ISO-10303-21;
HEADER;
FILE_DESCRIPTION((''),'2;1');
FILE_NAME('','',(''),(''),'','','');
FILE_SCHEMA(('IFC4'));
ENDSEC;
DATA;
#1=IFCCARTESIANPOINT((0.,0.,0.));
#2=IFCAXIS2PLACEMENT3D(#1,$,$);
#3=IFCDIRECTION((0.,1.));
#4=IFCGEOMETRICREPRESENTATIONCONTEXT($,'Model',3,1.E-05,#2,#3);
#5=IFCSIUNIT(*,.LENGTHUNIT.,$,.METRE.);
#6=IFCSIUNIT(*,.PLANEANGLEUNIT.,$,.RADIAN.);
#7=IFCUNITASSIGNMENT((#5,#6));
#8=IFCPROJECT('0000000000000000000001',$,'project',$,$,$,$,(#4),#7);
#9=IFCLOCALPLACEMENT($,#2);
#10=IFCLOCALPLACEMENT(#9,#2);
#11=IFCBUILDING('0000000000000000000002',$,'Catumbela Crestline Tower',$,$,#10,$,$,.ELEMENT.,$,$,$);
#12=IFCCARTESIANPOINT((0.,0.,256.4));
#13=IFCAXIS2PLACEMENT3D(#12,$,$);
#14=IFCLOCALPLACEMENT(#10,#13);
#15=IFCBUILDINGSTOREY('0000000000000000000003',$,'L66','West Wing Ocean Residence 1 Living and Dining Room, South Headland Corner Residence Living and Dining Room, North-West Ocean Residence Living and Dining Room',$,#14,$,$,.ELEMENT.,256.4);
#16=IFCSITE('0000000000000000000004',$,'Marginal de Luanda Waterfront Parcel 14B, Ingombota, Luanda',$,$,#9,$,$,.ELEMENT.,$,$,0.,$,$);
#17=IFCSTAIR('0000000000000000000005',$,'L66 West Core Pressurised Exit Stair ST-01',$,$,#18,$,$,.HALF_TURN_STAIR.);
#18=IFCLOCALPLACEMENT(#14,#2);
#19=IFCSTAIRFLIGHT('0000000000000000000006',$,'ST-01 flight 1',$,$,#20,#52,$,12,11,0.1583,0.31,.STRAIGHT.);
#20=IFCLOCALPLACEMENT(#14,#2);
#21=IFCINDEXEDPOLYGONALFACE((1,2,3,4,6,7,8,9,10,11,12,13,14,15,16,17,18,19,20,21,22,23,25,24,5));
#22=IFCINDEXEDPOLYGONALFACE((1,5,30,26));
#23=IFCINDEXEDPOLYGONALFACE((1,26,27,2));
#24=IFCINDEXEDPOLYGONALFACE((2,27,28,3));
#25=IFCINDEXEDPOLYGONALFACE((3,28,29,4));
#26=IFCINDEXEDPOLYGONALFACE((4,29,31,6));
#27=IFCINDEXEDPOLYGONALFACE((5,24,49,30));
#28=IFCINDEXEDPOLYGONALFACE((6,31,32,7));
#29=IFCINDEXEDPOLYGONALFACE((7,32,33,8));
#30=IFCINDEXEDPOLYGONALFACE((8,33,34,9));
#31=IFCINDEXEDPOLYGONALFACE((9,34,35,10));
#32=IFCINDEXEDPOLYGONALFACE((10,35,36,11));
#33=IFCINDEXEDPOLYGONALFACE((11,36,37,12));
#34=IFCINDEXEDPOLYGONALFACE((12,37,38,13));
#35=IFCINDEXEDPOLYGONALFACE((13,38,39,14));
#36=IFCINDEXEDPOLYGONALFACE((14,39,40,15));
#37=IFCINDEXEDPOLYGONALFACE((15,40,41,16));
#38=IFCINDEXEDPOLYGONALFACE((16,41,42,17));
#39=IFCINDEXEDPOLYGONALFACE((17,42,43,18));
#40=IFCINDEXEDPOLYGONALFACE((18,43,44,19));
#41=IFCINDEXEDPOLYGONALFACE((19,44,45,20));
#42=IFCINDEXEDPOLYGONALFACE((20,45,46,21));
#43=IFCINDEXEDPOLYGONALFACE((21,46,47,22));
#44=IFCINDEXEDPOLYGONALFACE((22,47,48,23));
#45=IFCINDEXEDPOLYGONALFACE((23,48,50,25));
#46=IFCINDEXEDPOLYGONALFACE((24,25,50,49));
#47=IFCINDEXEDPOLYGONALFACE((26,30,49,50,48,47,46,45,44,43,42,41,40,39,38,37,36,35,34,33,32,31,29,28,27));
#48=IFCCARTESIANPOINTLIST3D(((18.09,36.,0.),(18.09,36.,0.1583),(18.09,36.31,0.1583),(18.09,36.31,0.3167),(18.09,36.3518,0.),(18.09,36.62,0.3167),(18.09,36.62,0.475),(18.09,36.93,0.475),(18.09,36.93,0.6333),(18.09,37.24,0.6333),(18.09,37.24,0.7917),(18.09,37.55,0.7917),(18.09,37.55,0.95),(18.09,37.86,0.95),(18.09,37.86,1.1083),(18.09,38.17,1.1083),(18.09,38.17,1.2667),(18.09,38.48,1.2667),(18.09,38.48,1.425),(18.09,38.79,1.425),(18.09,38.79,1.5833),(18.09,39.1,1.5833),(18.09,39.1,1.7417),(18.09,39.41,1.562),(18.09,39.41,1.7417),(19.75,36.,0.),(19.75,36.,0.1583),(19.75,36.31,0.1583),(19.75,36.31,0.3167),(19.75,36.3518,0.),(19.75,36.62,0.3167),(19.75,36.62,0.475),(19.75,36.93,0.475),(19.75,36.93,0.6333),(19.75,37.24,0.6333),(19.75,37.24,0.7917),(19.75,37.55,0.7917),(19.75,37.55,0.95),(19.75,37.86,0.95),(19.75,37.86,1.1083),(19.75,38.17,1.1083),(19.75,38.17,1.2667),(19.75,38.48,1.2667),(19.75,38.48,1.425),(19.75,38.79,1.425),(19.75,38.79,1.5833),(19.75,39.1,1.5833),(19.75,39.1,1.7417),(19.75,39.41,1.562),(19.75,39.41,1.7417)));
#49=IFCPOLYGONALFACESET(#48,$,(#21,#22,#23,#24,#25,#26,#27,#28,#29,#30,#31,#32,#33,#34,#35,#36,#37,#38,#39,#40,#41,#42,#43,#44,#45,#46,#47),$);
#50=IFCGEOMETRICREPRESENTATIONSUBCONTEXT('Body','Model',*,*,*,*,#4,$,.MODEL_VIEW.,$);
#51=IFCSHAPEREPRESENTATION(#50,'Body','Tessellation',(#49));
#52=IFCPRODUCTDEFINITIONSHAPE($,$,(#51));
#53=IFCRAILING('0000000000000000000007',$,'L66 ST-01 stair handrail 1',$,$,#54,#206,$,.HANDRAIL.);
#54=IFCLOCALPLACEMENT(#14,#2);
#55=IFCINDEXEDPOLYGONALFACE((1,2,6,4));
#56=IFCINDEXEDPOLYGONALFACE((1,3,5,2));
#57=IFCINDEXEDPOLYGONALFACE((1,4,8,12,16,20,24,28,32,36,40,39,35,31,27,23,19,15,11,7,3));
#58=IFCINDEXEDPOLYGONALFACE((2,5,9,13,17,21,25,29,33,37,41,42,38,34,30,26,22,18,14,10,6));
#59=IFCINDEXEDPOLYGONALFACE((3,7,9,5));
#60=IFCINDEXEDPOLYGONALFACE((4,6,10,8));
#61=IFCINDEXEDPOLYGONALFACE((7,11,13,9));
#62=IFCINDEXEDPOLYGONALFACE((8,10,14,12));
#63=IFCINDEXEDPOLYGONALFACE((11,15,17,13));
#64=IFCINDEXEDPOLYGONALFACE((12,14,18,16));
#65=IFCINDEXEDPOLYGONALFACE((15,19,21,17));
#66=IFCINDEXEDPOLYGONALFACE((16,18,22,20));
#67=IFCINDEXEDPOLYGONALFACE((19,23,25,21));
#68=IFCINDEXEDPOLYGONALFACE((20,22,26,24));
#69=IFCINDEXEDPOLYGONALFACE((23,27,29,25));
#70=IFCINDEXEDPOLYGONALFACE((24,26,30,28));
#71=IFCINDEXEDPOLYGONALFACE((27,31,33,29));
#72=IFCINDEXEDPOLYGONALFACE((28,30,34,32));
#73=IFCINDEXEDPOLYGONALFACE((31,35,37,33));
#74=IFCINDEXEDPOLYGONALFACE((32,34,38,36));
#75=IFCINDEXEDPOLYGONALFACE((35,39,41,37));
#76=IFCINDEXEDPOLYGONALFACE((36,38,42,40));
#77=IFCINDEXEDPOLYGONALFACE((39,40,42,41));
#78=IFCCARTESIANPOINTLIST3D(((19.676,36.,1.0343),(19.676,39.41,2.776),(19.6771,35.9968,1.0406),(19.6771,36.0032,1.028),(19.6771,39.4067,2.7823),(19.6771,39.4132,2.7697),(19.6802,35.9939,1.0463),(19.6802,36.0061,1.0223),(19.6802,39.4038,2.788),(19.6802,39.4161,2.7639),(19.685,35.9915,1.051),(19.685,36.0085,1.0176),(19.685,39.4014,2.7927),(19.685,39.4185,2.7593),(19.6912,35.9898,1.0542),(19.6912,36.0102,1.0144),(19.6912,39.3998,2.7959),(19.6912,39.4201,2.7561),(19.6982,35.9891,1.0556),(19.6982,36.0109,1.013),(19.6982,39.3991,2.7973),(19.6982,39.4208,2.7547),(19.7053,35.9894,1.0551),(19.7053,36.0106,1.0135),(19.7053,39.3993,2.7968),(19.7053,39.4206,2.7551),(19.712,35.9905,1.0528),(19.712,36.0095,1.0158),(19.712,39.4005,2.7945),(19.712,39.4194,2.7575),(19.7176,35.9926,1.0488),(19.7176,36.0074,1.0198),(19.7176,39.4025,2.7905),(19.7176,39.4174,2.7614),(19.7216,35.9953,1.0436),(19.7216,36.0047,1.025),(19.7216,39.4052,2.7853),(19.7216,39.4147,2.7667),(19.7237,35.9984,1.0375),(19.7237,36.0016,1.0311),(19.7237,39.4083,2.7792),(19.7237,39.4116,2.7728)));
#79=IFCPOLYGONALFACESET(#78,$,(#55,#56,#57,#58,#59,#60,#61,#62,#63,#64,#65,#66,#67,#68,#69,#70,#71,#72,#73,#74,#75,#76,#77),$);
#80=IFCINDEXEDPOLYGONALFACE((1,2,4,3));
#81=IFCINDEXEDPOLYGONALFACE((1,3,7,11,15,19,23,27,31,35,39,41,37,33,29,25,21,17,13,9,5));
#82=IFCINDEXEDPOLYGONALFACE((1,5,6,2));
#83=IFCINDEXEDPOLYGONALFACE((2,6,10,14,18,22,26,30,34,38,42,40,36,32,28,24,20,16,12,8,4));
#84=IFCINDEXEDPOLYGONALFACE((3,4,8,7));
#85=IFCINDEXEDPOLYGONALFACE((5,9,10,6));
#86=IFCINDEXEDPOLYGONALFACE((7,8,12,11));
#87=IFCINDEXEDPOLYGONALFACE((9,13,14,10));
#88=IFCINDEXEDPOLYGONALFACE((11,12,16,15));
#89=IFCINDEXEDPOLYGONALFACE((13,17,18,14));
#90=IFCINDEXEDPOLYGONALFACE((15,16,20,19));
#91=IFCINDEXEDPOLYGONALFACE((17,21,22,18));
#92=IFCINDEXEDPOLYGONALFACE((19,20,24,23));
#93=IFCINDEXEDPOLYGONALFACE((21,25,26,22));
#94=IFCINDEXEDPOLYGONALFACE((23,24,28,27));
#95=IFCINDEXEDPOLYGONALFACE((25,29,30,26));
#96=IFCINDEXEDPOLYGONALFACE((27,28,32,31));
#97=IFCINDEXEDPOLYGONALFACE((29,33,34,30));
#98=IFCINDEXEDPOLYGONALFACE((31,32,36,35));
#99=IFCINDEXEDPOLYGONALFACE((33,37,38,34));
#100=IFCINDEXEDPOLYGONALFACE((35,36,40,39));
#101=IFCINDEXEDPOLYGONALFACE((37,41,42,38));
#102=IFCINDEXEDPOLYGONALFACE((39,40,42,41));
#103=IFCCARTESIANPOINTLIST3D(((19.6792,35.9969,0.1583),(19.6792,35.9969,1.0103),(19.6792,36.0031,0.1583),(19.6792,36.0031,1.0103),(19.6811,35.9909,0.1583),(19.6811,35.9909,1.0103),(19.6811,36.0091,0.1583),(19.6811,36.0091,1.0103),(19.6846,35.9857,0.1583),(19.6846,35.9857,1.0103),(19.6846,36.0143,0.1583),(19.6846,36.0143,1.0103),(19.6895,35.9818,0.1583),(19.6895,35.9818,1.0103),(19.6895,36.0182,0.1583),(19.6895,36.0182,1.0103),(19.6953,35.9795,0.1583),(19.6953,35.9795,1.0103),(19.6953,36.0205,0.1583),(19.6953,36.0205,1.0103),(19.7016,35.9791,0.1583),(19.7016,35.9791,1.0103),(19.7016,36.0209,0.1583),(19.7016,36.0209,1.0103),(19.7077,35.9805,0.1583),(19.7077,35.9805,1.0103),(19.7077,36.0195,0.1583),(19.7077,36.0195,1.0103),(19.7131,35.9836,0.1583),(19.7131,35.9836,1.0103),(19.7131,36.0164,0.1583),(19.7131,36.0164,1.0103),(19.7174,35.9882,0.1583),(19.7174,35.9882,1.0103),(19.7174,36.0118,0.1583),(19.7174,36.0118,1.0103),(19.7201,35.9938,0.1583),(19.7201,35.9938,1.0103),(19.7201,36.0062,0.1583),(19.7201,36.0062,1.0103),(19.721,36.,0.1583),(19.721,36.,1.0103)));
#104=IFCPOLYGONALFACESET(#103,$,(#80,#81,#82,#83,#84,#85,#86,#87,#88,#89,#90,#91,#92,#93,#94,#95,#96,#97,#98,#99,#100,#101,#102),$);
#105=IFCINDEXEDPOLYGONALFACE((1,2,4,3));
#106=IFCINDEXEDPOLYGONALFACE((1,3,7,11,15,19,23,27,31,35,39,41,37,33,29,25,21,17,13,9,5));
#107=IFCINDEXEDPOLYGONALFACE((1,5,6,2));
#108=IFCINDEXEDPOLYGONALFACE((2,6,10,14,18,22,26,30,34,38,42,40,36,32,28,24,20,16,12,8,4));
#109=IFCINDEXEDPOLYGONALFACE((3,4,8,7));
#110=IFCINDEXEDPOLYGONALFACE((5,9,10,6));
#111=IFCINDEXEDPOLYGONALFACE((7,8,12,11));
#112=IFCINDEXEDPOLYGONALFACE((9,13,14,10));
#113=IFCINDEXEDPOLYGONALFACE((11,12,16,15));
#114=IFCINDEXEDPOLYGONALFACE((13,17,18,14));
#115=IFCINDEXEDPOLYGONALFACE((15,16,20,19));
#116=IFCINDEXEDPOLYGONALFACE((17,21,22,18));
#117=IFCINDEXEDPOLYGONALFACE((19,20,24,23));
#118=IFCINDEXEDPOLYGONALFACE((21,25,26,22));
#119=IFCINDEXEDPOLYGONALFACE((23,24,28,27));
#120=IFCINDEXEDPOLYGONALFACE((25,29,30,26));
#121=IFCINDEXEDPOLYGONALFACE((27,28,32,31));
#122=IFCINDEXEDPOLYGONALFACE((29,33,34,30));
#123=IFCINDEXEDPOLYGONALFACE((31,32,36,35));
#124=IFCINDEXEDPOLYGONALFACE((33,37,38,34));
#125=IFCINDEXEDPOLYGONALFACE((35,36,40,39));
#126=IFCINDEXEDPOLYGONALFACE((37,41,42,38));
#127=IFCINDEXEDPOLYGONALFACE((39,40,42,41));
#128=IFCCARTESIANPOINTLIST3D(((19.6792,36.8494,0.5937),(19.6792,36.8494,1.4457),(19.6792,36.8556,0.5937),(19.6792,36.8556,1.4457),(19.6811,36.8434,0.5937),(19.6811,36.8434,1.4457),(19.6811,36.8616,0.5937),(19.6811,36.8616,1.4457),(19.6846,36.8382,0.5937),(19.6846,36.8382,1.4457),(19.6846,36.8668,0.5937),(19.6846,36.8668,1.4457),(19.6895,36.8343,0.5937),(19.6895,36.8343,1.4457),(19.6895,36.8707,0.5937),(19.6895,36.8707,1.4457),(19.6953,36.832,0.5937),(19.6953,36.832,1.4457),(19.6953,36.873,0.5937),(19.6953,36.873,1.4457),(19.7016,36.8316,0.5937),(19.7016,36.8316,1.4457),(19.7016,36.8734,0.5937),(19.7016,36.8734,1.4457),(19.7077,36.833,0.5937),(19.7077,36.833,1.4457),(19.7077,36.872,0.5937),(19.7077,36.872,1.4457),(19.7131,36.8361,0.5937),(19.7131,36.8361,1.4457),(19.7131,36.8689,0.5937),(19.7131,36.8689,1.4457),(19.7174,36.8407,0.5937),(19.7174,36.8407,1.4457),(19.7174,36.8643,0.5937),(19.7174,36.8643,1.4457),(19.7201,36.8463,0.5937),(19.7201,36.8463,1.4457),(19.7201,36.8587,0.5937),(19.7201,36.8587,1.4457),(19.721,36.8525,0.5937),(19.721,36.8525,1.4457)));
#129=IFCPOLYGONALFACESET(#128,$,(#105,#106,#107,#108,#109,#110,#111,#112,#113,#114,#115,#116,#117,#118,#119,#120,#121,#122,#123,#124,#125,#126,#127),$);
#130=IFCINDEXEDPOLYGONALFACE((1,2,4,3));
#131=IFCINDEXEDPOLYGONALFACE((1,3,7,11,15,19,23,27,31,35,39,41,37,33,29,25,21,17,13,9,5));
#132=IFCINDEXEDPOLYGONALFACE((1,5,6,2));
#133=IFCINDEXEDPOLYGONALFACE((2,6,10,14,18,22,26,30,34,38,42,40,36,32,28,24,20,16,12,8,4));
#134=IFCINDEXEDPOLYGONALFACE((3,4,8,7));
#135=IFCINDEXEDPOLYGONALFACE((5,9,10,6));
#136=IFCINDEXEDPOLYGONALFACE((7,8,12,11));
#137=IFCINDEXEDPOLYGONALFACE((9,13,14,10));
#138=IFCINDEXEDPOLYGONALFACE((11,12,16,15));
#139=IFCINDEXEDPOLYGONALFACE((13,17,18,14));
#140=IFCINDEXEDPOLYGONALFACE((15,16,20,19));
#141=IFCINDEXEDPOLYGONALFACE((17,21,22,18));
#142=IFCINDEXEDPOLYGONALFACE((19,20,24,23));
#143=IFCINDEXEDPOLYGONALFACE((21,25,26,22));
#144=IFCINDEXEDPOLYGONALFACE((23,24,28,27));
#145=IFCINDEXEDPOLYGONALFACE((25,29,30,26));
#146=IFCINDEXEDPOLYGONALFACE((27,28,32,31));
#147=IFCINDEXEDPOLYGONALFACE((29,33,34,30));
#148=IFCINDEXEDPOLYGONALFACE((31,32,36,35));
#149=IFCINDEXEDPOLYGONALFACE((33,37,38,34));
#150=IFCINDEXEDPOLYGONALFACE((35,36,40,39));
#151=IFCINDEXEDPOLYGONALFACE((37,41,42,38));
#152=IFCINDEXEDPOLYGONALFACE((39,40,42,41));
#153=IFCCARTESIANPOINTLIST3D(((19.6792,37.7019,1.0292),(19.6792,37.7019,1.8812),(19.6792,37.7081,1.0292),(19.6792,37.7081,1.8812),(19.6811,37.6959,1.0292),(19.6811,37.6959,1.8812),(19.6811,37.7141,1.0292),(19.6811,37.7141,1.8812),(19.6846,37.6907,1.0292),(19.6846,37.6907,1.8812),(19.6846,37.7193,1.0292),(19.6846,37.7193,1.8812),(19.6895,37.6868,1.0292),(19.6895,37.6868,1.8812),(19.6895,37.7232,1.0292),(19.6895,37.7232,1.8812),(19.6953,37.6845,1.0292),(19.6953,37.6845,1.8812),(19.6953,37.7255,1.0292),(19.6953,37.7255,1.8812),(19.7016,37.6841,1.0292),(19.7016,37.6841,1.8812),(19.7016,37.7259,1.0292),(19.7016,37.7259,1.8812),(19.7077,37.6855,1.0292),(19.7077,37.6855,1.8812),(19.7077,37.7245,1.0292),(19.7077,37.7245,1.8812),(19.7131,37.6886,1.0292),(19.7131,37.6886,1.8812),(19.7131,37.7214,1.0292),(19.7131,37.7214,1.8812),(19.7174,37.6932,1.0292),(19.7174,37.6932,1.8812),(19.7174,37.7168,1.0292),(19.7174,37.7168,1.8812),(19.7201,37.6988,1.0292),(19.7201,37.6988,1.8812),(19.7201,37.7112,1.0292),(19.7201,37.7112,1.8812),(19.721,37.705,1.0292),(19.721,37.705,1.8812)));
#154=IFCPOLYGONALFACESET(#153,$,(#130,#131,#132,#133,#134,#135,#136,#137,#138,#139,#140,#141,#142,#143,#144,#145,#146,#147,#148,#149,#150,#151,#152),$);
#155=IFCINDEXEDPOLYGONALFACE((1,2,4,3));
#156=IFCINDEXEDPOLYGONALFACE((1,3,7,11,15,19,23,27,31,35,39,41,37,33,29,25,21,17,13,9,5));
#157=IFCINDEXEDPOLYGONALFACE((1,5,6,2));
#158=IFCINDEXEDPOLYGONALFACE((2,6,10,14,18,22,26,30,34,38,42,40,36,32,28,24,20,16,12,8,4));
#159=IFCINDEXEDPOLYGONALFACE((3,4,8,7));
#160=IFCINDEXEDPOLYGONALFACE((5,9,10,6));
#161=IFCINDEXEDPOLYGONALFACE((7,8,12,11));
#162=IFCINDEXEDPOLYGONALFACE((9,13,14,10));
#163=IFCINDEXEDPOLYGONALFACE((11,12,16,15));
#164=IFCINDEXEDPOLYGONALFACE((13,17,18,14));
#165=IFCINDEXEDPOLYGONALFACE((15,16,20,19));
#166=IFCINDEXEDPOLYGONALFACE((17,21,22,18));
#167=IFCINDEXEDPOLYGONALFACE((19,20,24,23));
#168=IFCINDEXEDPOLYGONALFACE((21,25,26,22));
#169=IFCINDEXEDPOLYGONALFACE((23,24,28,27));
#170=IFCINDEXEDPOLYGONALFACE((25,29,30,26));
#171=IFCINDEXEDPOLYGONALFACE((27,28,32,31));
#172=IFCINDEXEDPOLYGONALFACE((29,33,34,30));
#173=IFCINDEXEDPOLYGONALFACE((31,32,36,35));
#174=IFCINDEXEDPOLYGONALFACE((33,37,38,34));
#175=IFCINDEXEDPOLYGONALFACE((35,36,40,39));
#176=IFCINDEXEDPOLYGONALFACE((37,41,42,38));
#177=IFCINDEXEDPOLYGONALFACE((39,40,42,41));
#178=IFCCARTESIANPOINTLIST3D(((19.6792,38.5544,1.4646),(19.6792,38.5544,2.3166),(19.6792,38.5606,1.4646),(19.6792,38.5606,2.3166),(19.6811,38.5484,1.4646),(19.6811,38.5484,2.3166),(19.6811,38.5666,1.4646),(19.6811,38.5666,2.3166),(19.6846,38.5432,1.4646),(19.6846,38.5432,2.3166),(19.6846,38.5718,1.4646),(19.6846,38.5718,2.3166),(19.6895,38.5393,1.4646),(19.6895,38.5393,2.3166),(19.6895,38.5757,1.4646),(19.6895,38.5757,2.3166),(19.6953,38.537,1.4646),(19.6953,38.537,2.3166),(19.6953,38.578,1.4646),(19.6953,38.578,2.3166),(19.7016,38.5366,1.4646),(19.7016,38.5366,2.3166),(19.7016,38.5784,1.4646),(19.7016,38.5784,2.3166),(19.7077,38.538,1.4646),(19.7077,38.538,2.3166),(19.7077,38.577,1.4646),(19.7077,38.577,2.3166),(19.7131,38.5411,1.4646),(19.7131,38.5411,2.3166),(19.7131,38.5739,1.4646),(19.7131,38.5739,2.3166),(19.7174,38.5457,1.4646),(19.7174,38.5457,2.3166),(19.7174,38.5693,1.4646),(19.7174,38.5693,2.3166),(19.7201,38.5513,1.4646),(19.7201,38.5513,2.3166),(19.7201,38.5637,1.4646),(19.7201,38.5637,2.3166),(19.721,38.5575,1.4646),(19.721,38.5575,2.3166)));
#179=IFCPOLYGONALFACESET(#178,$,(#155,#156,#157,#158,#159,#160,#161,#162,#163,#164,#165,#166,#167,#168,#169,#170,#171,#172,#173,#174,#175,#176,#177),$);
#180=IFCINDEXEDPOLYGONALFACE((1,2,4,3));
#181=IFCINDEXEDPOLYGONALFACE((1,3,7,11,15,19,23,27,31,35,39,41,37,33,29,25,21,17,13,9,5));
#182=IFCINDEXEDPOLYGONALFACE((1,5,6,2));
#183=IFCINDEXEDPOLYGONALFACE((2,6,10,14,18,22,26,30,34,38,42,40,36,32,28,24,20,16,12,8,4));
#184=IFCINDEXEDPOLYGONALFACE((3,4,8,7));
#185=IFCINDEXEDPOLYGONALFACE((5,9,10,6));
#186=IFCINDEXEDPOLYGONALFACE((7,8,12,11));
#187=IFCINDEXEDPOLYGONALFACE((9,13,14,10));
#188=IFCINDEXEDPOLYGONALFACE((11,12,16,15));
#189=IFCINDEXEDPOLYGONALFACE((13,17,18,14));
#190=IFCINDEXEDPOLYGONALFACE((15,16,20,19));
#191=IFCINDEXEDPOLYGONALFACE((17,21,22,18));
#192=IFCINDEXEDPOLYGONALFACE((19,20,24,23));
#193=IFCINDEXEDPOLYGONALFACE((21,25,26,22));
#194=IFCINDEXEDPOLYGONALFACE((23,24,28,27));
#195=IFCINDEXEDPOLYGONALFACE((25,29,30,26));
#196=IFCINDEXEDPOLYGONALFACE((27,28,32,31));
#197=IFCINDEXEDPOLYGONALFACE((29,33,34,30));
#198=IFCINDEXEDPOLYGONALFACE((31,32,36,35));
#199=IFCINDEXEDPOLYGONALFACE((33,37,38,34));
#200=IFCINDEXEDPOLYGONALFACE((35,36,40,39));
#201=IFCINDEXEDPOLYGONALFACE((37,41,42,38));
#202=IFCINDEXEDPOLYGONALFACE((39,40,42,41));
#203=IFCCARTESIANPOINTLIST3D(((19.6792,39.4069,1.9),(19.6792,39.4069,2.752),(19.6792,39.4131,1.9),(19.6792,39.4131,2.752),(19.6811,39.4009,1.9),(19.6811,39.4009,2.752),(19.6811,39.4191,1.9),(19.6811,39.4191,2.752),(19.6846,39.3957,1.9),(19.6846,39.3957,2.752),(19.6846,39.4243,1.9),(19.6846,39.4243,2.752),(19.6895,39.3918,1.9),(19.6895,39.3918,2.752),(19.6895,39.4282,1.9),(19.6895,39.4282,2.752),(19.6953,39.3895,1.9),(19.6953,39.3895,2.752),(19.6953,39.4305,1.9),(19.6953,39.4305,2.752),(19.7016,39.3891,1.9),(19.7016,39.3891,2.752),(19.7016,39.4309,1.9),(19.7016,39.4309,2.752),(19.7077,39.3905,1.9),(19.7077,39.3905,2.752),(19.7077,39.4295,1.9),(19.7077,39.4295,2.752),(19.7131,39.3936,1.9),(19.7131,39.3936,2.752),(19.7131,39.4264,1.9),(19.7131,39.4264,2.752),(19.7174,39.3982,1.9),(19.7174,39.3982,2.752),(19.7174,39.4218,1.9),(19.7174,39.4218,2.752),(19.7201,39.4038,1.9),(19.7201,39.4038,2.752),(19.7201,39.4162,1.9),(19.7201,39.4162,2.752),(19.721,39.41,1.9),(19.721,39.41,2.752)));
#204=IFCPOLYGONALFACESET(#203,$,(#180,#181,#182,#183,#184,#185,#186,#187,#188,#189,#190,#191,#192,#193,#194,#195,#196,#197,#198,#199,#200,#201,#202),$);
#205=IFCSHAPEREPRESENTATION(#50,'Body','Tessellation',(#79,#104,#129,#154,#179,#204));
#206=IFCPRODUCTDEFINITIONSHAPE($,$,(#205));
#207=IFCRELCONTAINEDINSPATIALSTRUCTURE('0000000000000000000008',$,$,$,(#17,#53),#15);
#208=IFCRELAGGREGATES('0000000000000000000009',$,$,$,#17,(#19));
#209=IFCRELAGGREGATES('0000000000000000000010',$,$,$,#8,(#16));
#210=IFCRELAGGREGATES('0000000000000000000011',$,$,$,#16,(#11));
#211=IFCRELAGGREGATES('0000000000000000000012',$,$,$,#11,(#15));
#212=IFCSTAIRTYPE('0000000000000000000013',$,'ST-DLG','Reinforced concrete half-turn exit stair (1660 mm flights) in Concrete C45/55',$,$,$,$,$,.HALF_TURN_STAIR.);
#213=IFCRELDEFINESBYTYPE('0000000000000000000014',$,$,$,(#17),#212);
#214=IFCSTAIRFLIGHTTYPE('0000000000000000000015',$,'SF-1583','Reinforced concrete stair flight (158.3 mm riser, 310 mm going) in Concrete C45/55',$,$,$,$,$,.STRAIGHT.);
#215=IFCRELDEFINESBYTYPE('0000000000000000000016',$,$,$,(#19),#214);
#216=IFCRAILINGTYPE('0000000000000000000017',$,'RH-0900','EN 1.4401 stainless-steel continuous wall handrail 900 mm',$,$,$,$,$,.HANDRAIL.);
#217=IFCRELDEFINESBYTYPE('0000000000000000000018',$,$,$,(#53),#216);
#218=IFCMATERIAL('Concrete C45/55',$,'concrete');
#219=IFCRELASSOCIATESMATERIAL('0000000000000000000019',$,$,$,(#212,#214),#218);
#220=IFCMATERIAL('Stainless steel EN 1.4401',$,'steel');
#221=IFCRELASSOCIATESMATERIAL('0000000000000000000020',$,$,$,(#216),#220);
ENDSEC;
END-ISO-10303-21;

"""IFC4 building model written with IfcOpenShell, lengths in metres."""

from ifc_helpers import new_model, si_unit, direction, frame, origin, origin_2d, place, context, subcontext, project, spatial, polyline, circle, outline, extrude, material, type_object, element, aggregate, save


model = new_model("IFC4")

# Units and contexts
model_context = context("Model", 3, precision=1e-05, world=origin(), true_north=direction((0.0, 1.0)))
body_context = subcontext(model_context, "Body", "Model", "MODEL_VIEW")
ifc_project = project(units=[si_unit("LENGTHUNIT", "METRE"), si_unit("PLANEANGLEUNIT", "RADIAN")], contexts=[model_context])

# Site, building, storey
site_placement = place(None, origin())
site = spatial("IfcSite", under=ifc_project, at=site_placement, Name="Marginal de Luanda Waterfront Parcel 14B, Ingombota, Luanda", CompositionType="ELEMENT", RefElevation=0.0)
building_placement = place(site_placement, origin())
building = spatial("IfcBuilding", under=site, at=building_placement, Name="Catumbela Crestline Tower", CompositionType="ELEMENT")
storey_placement = place(building_placement, frame((0.0, 0.0, 256.4)))
storey = spatial("IfcBuildingStorey", under=building, at=storey_placement, Name="L66", Description="West Wing Ocean Residence 1 Living and Dining Room, South Headland Corner Residence Living and Dining Room, North-West Ocean Residence Living and Dining Room", CompositionType="ELEMENT", Elevation=256.4)

# Shared definitions
ifc_material_1 = material(Name="Stainless steel EN 1.4401", Category="steel")

# Stair, stair flight
ifc_material_2 = material(Name="Concrete C45/55", Category="concrete")
stair_type = type_object("IfcStairType", Name="ST-DLG", Description="Reinforced concrete half-turn exit stair (1660 mm flights) in Concrete C45/55", PredefinedType="HALF_TURN_STAIR", material=ifc_material_2)
stair_placement = place(storey_placement, origin())
stair = element("IfcStair", 1, at=stair_placement, inside=storey, type_object=stair_type, Name="L66 West Core Pressurised Exit Stair ST-01", PredefinedType="HALF_TURN_STAIR")
stair_flight_type = type_object("IfcStairFlightType", Name="SF-1583", Description="Reinforced concrete stair flight (158.3 mm riser, 310 mm going) in Concrete C45/55", PredefinedType="STRAIGHT", material=ifc_material_2)
stair_flight_placement = place(storey_placement, frame((18.92, 36.0, 0.0), z_axis=(0.0, 0.0, 1.0), x_axis=(0.0, 1.0, 0.0)))
stair_flight = element("IfcStairFlight", 2, at=stair_flight_placement, type_object=stair_flight_type, Name="ST-01 flight 1", NumberOfRisers=12, NumberOfTreads=11, PredefinedType="STRAIGHT", RiserHeight=0.1583, TreadLength=0.31, context=body_context, shape_type="SweptSolid", body=[
    extrude(outline(polyline([(0.0, 0.0), (0.0, 0.1583), (0.31, 0.1583), (0.31, 0.3167), (0.62, 0.3167), (0.62, 0.475), (0.93, 0.475), (0.93, 0.6333), (1.24, 0.6333), (1.24, 0.7917), (1.55, 0.7917), (1.55, 0.95), (1.86, 0.95), (1.86, 1.1083), (2.17, 1.1083), (2.17, 1.2667), (2.48, 1.2667), (2.48, 1.425), (2.79, 1.425), (2.79, 1.5833), (3.1, 1.5833), (3.1, 1.7417), (3.41, 1.7417), (3.41, 1.9), (3.41, 1.562), (0.3518, 0.0), (0.0, 0.0)])), frame((0.0, 0.83, 0.0), z_axis=(0.0, -1.0, 0.0), x_axis=(1.0, 0.0, 0.0)), (0.0, 0.0, 1.0), 1.66),
])
aggregate(stair, [stair_flight])

# Railing
railing_type_1 = type_object("IfcRailingType", Name="RH-0900", Description="EN 1.4401 stainless-steel continuous wall handrail 900 mm", PredefinedType="HANDRAIL", material=ifc_material_1)
railing_1_placement = place(storey_placement, frame((19.7, 36.0, 0.1583)))
element("IfcRailing", 3, at=railing_1_placement, inside=storey, type_object=railing_type_1, Name="L66 ST-01 stair handrail 1", PredefinedType="HANDRAIL", context=body_context, shape_type="SweptSolid", body=[
    extrude(circle(Radius=0.024, at=origin_2d()), frame((0.0, 0.0, 0.876), z_axis=(0.0, 0.89056, 0.454865), x_axis=(-1.0, 0.0, 0.0)), (0.0, 0.0, 1.0), 3.829),
    extrude(circle(Radius=0.021, at=origin_2d()), origin(), (0.0, 0.0, 1.0), 0.852),
    extrude(circle(Radius=0.021, at=origin_2d()), frame((0.0, 0.8525, 0.4354)), (0.0, 0.0, 1.0), 0.852),
    extrude(circle(Radius=0.021, at=origin_2d()), frame((0.0, 1.705, 0.8709)), (0.0, 0.0, 1.0), 0.852),
    extrude(circle(Radius=0.021, at=origin_2d()), frame((0.0, 2.5575, 1.3063)), (0.0, 0.0, 1.0), 0.852),
    extrude(circle(Radius=0.021, at=origin_2d()), frame((0.0, 3.41, 1.7417)), (0.0, 0.0, 1.0), 0.852),
])

save(model, "model.ifc")
